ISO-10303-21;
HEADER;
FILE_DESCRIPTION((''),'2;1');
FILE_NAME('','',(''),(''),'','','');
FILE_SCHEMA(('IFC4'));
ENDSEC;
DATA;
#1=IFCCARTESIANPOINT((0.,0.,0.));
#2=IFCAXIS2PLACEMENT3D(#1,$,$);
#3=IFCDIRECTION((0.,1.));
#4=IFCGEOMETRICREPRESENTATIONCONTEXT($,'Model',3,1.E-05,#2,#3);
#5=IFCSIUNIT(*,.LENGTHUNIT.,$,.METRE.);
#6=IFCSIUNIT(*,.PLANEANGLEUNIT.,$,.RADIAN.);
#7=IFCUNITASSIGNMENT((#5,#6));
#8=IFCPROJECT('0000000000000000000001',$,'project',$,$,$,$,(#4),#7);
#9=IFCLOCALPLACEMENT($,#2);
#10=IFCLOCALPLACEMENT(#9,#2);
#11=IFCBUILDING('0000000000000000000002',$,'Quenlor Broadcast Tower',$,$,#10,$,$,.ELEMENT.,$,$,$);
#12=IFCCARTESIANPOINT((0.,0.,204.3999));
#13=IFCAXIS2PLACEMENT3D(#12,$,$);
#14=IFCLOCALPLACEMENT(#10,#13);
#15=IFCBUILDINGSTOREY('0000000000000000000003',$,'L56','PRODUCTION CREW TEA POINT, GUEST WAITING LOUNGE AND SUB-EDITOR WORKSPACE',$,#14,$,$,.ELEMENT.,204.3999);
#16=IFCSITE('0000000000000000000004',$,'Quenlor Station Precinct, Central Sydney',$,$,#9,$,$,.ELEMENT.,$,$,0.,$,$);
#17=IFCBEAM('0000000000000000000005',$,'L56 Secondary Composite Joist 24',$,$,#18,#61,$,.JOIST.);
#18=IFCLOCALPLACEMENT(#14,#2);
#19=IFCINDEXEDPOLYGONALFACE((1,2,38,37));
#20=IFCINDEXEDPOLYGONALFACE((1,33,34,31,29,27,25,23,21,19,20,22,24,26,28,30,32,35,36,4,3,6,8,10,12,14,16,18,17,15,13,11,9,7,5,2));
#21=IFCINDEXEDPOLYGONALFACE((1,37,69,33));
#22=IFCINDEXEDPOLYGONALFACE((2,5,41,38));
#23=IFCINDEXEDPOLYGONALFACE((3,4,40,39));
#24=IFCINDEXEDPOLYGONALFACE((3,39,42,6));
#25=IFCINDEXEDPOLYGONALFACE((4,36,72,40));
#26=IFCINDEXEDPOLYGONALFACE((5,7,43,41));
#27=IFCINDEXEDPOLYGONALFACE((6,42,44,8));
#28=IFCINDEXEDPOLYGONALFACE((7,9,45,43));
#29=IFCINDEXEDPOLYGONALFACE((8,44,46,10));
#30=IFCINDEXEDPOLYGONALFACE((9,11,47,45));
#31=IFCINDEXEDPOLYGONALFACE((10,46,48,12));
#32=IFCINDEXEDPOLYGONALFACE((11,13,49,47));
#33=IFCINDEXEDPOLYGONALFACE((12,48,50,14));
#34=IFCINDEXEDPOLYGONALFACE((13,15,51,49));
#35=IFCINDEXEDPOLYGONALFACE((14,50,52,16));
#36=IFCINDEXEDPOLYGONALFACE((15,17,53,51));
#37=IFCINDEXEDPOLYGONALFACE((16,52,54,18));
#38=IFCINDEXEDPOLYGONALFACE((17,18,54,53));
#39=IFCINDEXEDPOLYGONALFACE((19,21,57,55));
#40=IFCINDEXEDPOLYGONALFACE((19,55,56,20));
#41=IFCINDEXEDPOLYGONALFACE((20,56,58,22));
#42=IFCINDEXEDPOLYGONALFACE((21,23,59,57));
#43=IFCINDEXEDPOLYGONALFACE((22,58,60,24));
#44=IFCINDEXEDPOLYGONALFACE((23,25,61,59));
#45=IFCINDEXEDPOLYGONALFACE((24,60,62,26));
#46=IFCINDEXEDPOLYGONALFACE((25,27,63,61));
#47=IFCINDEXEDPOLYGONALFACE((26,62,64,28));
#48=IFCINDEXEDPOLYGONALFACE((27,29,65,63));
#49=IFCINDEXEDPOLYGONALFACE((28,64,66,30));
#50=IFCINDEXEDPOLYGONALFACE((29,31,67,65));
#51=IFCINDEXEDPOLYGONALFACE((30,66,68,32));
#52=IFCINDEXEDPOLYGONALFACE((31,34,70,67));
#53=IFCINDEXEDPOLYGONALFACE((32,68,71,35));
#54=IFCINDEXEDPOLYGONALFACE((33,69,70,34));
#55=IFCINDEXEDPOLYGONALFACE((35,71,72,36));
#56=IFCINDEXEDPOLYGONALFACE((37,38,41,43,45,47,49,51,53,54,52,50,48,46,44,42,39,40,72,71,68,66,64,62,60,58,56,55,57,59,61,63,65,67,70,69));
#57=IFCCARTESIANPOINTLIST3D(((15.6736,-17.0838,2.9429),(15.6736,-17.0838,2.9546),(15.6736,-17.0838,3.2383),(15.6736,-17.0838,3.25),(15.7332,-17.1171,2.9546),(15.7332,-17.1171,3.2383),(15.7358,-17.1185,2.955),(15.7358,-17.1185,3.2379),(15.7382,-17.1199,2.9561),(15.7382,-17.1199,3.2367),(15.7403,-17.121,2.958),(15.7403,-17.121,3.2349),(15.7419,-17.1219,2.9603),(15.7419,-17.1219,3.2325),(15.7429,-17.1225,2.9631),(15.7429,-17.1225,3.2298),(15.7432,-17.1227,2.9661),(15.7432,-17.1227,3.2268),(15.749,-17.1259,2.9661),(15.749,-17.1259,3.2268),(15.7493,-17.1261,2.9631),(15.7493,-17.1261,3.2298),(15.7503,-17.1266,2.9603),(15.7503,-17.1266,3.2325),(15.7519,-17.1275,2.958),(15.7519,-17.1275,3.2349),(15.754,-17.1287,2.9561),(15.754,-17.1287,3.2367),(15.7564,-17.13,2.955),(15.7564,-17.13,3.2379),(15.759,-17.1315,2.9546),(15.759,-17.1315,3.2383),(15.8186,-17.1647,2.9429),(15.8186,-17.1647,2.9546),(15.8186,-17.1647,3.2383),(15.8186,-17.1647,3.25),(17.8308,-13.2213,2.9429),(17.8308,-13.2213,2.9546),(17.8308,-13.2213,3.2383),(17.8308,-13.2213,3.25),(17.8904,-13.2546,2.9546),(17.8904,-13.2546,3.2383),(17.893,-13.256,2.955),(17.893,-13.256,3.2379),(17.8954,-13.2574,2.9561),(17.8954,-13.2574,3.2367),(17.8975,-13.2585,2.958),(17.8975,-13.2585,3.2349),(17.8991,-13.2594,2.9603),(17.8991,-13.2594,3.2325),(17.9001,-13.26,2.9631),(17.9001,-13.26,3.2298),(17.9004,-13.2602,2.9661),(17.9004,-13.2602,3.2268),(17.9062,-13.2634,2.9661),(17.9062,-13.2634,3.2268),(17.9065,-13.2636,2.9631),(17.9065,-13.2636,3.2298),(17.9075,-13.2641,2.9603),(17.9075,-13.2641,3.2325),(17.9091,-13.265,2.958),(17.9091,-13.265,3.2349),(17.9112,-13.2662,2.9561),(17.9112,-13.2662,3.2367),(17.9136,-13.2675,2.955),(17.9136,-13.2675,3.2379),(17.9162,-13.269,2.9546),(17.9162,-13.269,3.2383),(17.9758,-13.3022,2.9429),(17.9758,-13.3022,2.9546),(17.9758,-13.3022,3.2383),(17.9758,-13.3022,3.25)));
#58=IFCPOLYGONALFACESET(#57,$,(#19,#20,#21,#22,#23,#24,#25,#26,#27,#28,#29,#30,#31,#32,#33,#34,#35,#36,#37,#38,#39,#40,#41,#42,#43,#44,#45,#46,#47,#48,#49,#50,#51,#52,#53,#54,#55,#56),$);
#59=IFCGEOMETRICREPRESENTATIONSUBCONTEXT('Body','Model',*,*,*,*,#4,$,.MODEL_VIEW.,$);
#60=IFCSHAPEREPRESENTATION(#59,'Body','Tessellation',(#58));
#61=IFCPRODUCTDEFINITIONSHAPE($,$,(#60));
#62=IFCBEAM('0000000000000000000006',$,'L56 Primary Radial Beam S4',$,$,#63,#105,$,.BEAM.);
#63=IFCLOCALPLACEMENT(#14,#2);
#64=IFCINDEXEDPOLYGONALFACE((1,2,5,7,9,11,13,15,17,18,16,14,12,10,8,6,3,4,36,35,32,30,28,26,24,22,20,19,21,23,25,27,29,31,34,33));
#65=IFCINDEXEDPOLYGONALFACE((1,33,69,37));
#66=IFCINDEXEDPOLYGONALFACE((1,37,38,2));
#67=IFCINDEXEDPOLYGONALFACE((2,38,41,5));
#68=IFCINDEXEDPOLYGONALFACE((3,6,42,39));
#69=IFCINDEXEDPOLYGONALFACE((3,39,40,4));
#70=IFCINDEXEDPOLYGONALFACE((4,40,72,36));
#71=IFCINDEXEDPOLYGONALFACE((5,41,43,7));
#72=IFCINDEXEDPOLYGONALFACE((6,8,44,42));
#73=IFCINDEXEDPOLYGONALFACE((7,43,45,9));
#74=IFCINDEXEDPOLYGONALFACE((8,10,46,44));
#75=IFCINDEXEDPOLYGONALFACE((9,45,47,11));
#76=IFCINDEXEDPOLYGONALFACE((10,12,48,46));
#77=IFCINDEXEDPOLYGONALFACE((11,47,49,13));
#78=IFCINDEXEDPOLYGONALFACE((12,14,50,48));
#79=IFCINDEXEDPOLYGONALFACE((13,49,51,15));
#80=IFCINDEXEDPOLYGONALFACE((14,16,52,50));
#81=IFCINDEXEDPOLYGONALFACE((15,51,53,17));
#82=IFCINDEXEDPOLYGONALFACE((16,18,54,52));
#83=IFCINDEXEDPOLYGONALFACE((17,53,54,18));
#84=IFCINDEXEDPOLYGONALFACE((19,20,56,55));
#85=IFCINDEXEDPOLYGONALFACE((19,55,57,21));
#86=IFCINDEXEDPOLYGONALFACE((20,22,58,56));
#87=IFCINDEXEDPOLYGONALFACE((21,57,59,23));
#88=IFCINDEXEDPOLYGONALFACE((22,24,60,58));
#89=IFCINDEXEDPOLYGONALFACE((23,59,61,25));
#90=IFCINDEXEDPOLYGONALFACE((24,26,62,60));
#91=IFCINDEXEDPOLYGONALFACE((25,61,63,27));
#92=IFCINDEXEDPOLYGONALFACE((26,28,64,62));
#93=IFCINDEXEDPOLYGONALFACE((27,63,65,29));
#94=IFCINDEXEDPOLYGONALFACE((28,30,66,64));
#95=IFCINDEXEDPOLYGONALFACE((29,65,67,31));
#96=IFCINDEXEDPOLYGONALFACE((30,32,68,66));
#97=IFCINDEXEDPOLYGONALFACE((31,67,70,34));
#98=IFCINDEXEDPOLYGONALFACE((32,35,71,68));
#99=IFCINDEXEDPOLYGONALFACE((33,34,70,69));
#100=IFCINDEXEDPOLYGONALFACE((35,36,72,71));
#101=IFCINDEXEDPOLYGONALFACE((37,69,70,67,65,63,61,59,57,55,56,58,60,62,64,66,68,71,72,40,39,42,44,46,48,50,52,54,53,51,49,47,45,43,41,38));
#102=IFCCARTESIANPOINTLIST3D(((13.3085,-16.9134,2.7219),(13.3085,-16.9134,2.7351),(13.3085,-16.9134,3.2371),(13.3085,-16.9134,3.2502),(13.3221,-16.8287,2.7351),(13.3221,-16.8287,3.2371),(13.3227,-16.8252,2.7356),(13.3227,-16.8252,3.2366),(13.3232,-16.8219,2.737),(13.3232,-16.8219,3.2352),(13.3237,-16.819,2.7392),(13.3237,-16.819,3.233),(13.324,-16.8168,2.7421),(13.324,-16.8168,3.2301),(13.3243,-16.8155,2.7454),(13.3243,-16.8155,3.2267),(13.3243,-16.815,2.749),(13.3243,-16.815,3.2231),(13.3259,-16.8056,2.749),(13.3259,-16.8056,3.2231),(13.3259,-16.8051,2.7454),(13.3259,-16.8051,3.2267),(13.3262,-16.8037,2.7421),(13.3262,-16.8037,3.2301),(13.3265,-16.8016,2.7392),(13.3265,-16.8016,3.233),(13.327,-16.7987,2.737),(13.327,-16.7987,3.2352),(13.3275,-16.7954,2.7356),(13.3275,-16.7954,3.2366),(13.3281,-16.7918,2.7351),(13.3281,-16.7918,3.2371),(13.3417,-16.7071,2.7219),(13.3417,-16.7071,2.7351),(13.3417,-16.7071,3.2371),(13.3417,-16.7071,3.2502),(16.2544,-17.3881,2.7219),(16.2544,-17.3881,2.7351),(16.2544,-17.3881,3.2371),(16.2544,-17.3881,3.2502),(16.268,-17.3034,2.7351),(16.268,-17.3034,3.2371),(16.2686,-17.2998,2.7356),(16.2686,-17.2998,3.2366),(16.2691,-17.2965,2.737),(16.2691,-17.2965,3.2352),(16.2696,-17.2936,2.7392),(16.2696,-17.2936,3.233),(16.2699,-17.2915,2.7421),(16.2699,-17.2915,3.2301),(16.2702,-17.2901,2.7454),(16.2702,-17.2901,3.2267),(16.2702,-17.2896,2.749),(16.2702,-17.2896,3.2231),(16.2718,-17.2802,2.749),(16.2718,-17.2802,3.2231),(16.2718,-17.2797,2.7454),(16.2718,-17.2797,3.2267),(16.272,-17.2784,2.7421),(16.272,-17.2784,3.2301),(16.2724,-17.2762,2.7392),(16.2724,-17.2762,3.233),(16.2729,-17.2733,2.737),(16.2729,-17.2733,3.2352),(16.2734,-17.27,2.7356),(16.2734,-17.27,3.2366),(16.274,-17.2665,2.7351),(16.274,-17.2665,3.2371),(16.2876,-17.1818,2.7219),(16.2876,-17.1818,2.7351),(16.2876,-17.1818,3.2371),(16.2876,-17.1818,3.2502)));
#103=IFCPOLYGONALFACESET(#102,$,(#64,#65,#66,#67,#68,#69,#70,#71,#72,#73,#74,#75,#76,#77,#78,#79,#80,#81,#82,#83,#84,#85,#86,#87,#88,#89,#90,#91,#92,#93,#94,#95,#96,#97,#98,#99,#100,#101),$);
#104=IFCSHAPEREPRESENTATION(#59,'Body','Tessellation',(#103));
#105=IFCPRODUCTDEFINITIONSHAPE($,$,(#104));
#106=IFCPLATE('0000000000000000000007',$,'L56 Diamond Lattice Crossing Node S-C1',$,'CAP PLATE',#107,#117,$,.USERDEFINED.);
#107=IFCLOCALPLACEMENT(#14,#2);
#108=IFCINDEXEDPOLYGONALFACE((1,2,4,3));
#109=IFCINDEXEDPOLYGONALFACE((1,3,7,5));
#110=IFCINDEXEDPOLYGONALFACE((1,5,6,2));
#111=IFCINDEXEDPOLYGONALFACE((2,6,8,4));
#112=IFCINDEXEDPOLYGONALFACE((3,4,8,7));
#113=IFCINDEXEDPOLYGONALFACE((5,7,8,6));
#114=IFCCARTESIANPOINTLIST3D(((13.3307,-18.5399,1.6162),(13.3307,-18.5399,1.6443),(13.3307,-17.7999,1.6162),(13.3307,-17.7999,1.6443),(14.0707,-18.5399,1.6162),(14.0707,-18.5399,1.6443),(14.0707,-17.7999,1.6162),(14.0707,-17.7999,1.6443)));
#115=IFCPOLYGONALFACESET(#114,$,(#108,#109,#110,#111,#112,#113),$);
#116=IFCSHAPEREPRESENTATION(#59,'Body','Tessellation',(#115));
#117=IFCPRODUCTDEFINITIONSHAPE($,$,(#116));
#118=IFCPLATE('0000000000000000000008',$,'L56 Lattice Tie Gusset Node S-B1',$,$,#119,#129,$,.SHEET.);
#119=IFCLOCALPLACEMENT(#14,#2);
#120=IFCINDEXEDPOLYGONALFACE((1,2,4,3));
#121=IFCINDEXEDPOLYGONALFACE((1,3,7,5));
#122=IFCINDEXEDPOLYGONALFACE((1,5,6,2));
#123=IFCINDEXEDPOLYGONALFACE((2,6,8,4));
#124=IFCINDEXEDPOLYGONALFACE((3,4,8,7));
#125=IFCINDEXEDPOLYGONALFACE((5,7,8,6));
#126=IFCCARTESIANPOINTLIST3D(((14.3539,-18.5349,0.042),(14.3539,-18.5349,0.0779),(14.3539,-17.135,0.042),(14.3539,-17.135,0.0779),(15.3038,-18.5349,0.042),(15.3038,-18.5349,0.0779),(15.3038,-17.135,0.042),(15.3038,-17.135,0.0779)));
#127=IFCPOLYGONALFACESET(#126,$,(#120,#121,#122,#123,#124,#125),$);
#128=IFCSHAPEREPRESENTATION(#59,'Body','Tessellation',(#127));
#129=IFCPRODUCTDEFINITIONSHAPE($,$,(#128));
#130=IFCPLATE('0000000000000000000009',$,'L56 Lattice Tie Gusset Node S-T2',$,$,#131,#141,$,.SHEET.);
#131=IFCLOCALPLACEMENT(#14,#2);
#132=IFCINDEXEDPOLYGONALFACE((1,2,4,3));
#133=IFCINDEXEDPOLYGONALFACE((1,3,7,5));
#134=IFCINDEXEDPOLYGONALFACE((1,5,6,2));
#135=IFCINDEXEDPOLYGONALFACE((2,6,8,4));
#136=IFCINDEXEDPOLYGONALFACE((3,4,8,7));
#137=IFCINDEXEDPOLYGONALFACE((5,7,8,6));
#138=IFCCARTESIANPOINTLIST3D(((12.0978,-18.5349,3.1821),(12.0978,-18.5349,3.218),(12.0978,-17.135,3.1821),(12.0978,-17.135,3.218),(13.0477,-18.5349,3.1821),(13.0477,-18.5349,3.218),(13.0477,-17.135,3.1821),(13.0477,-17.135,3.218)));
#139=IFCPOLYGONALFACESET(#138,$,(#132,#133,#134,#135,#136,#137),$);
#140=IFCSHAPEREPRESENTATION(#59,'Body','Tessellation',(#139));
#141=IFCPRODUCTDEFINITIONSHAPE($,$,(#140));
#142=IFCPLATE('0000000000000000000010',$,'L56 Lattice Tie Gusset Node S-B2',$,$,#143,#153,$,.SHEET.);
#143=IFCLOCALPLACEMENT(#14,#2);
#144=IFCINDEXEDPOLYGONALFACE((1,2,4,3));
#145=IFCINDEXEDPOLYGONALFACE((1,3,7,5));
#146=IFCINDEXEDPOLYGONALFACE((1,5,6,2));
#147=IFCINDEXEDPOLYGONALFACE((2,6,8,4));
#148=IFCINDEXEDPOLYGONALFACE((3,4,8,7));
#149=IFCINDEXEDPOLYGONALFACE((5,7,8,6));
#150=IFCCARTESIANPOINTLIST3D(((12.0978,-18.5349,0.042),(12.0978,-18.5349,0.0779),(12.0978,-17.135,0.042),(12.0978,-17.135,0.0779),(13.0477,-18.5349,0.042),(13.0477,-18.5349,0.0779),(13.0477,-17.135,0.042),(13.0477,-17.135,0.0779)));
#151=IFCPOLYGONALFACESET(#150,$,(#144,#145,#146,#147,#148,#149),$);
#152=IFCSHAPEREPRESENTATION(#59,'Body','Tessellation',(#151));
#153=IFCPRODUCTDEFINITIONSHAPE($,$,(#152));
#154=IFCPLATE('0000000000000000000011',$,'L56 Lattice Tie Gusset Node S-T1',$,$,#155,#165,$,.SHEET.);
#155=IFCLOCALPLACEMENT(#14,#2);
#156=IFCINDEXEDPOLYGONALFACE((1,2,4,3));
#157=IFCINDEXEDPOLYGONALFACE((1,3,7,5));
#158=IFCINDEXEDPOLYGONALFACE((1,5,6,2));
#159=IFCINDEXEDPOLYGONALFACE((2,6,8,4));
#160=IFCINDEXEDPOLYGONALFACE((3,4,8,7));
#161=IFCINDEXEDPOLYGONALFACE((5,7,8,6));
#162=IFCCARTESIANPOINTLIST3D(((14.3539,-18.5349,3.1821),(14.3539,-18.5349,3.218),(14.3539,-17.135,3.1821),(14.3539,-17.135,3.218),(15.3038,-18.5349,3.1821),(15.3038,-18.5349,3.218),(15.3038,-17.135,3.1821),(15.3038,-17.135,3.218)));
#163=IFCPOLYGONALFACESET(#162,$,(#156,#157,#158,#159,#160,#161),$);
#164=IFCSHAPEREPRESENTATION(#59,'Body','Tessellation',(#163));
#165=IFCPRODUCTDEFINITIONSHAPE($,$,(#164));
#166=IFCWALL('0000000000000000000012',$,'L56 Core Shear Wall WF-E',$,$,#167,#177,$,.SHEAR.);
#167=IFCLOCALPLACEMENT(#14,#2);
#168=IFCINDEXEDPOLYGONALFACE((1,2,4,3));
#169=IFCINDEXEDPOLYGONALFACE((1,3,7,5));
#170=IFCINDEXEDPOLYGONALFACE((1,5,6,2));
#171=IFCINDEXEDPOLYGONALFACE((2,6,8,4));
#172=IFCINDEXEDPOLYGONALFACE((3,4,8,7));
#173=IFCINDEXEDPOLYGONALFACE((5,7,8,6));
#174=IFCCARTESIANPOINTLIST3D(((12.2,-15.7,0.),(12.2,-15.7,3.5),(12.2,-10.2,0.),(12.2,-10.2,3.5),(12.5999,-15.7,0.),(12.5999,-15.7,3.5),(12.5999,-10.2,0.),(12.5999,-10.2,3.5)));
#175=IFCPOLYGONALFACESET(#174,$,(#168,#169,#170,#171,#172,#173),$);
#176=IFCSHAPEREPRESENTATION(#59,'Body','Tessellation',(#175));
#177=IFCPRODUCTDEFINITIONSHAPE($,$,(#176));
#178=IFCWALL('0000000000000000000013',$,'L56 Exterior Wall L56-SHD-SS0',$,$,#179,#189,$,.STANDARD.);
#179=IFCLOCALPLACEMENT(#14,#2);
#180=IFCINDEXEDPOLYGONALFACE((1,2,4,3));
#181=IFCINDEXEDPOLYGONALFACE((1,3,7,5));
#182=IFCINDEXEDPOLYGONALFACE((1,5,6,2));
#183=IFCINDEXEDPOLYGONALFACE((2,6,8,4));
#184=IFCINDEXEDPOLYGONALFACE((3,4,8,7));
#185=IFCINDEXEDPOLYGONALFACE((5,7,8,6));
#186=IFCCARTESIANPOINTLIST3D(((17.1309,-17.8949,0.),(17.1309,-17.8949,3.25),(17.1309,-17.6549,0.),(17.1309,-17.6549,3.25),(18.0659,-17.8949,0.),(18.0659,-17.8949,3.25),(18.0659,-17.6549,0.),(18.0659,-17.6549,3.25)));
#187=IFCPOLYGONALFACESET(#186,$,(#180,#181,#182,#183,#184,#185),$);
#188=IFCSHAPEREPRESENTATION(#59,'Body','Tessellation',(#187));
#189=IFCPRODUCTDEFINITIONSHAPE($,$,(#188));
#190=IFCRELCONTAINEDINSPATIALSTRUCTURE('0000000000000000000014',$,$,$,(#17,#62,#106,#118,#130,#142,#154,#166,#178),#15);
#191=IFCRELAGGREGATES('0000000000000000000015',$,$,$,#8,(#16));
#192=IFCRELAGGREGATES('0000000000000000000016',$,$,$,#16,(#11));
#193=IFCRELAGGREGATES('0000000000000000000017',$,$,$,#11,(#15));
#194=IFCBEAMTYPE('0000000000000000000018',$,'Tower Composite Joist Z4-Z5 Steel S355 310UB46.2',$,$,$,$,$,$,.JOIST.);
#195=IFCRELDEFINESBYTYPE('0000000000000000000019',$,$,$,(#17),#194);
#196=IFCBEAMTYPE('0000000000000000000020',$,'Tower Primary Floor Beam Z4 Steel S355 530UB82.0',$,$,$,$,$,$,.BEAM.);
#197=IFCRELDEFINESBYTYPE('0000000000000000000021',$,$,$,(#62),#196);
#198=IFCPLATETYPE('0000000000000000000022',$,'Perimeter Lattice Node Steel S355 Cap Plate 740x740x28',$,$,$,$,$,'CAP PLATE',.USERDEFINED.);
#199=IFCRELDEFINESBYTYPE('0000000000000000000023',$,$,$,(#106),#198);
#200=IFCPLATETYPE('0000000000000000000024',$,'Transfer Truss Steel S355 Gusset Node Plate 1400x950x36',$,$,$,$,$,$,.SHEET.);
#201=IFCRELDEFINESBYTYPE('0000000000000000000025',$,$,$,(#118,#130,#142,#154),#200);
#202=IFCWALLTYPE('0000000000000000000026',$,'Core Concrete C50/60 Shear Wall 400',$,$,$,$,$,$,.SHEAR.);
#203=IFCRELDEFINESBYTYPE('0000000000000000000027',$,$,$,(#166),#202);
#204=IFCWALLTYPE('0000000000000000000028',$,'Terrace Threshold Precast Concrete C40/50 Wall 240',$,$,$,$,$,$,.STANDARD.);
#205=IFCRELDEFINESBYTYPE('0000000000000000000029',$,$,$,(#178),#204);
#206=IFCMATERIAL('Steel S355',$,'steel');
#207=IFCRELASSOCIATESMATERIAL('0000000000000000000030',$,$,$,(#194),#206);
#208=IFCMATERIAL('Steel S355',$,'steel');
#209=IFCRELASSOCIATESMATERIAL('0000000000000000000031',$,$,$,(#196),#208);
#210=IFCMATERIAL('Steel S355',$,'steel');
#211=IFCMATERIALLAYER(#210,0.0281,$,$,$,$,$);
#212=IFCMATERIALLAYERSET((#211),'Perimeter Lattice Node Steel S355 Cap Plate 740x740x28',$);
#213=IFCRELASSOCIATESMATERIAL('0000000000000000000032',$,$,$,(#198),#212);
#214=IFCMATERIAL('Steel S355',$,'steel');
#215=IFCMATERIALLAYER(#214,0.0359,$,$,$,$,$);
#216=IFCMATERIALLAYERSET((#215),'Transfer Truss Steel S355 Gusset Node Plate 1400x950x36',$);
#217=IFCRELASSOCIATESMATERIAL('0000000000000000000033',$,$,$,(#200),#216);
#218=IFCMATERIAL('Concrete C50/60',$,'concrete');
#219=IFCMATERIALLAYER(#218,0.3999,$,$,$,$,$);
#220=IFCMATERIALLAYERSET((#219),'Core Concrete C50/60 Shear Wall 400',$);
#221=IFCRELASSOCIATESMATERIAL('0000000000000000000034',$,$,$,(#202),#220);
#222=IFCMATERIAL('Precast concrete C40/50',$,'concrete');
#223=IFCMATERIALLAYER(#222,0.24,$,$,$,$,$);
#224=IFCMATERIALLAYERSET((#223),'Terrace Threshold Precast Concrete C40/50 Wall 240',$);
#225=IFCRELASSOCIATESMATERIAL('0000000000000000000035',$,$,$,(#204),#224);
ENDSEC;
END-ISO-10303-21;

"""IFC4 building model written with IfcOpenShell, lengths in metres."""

from ifc_helpers import new_model, si_unit, direction, frame, frame_2d, origin, origin_2d, place, context, subcontext, project, spatial, rectangle, i_section, extrude, material, layer, layer_set, material_profile, profile_set, type_object, element, save


model = new_model("IFC4")

# Units and contexts
model_context = context("Model", 3, precision=1e-05, world=origin(), true_north=direction((0.0, 1.0)))
body_context = subcontext(model_context, "Body", "Model", "MODEL_VIEW")
ifc_project = project(units=[si_unit("LENGTHUNIT", "METRE"), si_unit("PLANEANGLEUNIT", "RADIAN")], contexts=[model_context])

# Site, building, storey
site_placement = place(None, origin())
site = spatial("IfcSite", under=ifc_project, at=site_placement, Name="Quenlor Station Precinct, Central Sydney", CompositionType="ELEMENT", RefElevation=0.0)
building_placement = place(site_placement, origin())
building = spatial("IfcBuilding", under=site, at=building_placement, Name="Quenlor Broadcast Tower", CompositionType="ELEMENT")
storey_placement = place(building_placement, frame((0.0, 0.0, 204.3999)))
storey = spatial("IfcBuildingStorey", under=building, at=storey_placement, Name="L56", Description="PRODUCTION CREW TEA POINT, GUEST WAITING LOUNGE AND SUB-EDITOR WORKSPACE", CompositionType="ELEMENT", Elevation=204.3999)

# Beams
ifc_material_1 = material(Name="Steel S355", Category="steel")
ifc_material_profile_1 = material_profile(ifc_material_1, i_section(OverallWidth=0.166, OverallDepth=0.3071, WebThickness=0.0066, FlangeThickness=0.0117, FilletRadius=0.0115, at=origin_2d()))
ifc_profile_set_1 = profile_set([ifc_material_profile_1], Name="Steel S355 310UB46.2")
beam_type_1 = type_object("IfcBeamType", Name="Tower Composite Joist Z4-Z5 Steel S355 310UB46.2", PredefinedType="JOIST", material=ifc_profile_set_1)
beam_1_placement = place(storey_placement, frame((15.7461, -17.1243, 3.0964), z_axis=(0.487605, 0.873064, 0.0), x_axis=(-0.873064, 0.487605, 0.0)))
element("IfcBeam", 1, at=beam_1_placement, inside=storey, type_object=beam_type_1, Name="L56 Secondary Composite Joist 24", PredefinedType="JOIST", context=body_context, shape_type="SweptSolid", body=[
    extrude(i_section(OverallWidth=0.166, OverallDepth=0.3071, WebThickness=0.0066, FlangeThickness=0.0117, FilletRadius=0.0115, at=origin_2d()), origin(), (0.0, 0.0, 1.0), 4.4241),
])
ifc_material_2 = material(Name="Steel S355", Category="steel")
ifc_material_profile_2 = material_profile(ifc_material_2, i_section(OverallWidth=0.209, OverallDepth=0.5283, WebThickness=0.0095, FlangeThickness=0.0132, FilletRadius=0.0139, at=origin_2d()))
ifc_profile_set_2 = profile_set([ifc_material_profile_2], Name="Steel S355 530UB82.0")
beam_type_2 = type_object("IfcBeamType", Name="Tower Primary Floor Beam Z4 Steel S355 530UB82.0", PredefinedType="BEAM", material=ifc_profile_set_2)
beam_2_placement = place(storey_placement, frame((16.271, -17.2849, 2.9861), z_axis=(-0.987268, 0.159063, 0.0), x_axis=(-0.159063, -0.987268, 0.0)))
element("IfcBeam", 2, at=beam_2_placement, inside=storey, type_object=beam_type_2, Name="L56 Primary Radial Beam S4", PredefinedType="BEAM", context=body_context, shape_type="SweptSolid", body=[
    extrude(i_section(OverallWidth=0.209, OverallDepth=0.5283, WebThickness=0.0095, FlangeThickness=0.0132, FilletRadius=0.0139, at=origin_2d()), origin(), (0.0, 0.0, 1.0), 2.9839),
])

# Plates
ifc_material_3 = material(Name="Steel S355", Category="steel")
ifc_layer_1 = layer(ifc_material_3, 0.0281)
ifc_layer_set_1 = layer_set([ifc_layer_1], Name="Perimeter Lattice Node Steel S355 Cap Plate 740x740x28")
plate_type_1 = type_object("IfcPlateType", Name="Perimeter Lattice Node Steel S355 Cap Plate 740x740x28", ElementType="CAP PLATE", PredefinedType="USERDEFINED", material=ifc_layer_set_1)
plate_placement = place(storey_placement, frame((13.7007, -18.1699, 1.6162), z_axis=(0.0, 0.0, 1.0), x_axis=(-1.0, 0.0, 0.0)))
element("IfcPlate", 3, at=plate_placement, inside=storey, type_object=plate_type_1, Name="L56 Diamond Lattice Crossing Node S-C1", ObjectType="CAP PLATE", PredefinedType="USERDEFINED", context=body_context, shape_type="SweptSolid", body=[
    extrude(rectangle(XDim=0.74, YDim=0.74, at=origin_2d()), origin(), (0.0, 0.0, 1.0), 0.0281),
])
ifc_material_4 = material(Name="Steel S355", Category="steel")
ifc_layer_2 = layer(ifc_material_4, 0.0359)
ifc_layer_set_2 = layer_set([ifc_layer_2], Name="Transfer Truss Steel S355 Gusset Node Plate 1400x950x36")
plate_type_2 = type_object("IfcPlateType", Name="Transfer Truss Steel S355 Gusset Node Plate 1400x950x36", PredefinedType="SHEET", material=ifc_layer_set_2)
for number, where, z_axis, x_axis, name in (
    (4, (14.8289, -17.835, 0.042), (0.0, 0.0, 1.0), (0.0, -1.0, 0.0), "L56 Lattice Tie Gusset Node S-B1"),
    (5, (12.5728, -17.835, 3.1821), (0.0, 0.0, 1.0), (0.0, -1.0, 0.0), "L56 Lattice Tie Gusset Node S-T2"),
    (6, (12.5728, -17.835, 0.042), (0.0, 0.0, 1.0), (0.0, -1.0, 0.0), "L56 Lattice Tie Gusset Node S-B2"),
    (7, (14.8289, -17.835, 3.1821), (0.0, 0.0, 1.0), (0.0, -1.0, 0.0), "L56 Lattice Tie Gusset Node S-T1"),
):
    element("IfcPlate", number, at=place(storey_placement, frame(where, z_axis=z_axis, x_axis=x_axis)), inside=storey, type_object=plate_type_2, Name=name, PredefinedType="SHEET", context=body_context, shape_type="SweptSolid", body=[
        extrude(rectangle(XDim=1.3999, YDim=0.95, at=origin_2d()), origin(), (0.0, 0.0, 1.0), 0.0359),
    ])

# Walls
ifc_material_5 = material(Name="Concrete C50/60", Category="concrete")
ifc_layer_3 = layer(ifc_material_5, 0.3999)
ifc_layer_set_3 = layer_set([ifc_layer_3], Name="Core Concrete C50/60 Shear Wall 400")
wall_type_1 = type_object("IfcWallType", Name="Core Concrete C50/60 Shear Wall 400", PredefinedType="SHEAR", material=ifc_layer_set_3)
wall_1_placement = place(storey_placement, frame((12.3999, -15.7, 0.0), z_axis=(0.0, 0.0, 1.0), x_axis=(0.0, 1.0, 0.0)))
element("IfcWall", 8, at=wall_1_placement, inside=storey, type_object=wall_type_1, Name="L56 Core Shear Wall WF-E", PredefinedType="SHEAR", context=body_context, shape_type="SweptSolid", body=[
    extrude(rectangle(XDim=5.5, YDim=0.3999, at=frame_2d((2.75, 0.0))), origin(), (0.0, 0.0, 1.0), 3.5),
])
ifc_material_6 = material(Name="Precast concrete C40/50", Category="concrete")
ifc_layer_4 = layer(ifc_material_6, 0.24)
ifc_layer_set_4 = layer_set([ifc_layer_4], Name="Terrace Threshold Precast Concrete C40/50 Wall 240")
wall_type_2 = type_object("IfcWallType", Name="Terrace Threshold Precast Concrete C40/50 Wall 240", PredefinedType="STANDARD", material=ifc_layer_set_4)
wall_2_placement = place(storey_placement, frame((18.0659, -17.7749, 0.0), z_axis=(0.0, 0.0, 1.0), x_axis=(-1.0, 0.0, 0.0)))
element("IfcWall", 9, at=wall_2_placement, inside=storey, type_object=wall_type_2, Name="L56 Exterior Wall L56-SHD-SS0", PredefinedType="STANDARD", context=body_context, shape_type="SweptSolid", body=[
    extrude(rectangle(XDim=0.9351, YDim=0.24, at=frame_2d((0.4675, 0.0))), origin(), (0.0, 0.0, 1.0), 3.25),
])

save(model, "model.ifc")
